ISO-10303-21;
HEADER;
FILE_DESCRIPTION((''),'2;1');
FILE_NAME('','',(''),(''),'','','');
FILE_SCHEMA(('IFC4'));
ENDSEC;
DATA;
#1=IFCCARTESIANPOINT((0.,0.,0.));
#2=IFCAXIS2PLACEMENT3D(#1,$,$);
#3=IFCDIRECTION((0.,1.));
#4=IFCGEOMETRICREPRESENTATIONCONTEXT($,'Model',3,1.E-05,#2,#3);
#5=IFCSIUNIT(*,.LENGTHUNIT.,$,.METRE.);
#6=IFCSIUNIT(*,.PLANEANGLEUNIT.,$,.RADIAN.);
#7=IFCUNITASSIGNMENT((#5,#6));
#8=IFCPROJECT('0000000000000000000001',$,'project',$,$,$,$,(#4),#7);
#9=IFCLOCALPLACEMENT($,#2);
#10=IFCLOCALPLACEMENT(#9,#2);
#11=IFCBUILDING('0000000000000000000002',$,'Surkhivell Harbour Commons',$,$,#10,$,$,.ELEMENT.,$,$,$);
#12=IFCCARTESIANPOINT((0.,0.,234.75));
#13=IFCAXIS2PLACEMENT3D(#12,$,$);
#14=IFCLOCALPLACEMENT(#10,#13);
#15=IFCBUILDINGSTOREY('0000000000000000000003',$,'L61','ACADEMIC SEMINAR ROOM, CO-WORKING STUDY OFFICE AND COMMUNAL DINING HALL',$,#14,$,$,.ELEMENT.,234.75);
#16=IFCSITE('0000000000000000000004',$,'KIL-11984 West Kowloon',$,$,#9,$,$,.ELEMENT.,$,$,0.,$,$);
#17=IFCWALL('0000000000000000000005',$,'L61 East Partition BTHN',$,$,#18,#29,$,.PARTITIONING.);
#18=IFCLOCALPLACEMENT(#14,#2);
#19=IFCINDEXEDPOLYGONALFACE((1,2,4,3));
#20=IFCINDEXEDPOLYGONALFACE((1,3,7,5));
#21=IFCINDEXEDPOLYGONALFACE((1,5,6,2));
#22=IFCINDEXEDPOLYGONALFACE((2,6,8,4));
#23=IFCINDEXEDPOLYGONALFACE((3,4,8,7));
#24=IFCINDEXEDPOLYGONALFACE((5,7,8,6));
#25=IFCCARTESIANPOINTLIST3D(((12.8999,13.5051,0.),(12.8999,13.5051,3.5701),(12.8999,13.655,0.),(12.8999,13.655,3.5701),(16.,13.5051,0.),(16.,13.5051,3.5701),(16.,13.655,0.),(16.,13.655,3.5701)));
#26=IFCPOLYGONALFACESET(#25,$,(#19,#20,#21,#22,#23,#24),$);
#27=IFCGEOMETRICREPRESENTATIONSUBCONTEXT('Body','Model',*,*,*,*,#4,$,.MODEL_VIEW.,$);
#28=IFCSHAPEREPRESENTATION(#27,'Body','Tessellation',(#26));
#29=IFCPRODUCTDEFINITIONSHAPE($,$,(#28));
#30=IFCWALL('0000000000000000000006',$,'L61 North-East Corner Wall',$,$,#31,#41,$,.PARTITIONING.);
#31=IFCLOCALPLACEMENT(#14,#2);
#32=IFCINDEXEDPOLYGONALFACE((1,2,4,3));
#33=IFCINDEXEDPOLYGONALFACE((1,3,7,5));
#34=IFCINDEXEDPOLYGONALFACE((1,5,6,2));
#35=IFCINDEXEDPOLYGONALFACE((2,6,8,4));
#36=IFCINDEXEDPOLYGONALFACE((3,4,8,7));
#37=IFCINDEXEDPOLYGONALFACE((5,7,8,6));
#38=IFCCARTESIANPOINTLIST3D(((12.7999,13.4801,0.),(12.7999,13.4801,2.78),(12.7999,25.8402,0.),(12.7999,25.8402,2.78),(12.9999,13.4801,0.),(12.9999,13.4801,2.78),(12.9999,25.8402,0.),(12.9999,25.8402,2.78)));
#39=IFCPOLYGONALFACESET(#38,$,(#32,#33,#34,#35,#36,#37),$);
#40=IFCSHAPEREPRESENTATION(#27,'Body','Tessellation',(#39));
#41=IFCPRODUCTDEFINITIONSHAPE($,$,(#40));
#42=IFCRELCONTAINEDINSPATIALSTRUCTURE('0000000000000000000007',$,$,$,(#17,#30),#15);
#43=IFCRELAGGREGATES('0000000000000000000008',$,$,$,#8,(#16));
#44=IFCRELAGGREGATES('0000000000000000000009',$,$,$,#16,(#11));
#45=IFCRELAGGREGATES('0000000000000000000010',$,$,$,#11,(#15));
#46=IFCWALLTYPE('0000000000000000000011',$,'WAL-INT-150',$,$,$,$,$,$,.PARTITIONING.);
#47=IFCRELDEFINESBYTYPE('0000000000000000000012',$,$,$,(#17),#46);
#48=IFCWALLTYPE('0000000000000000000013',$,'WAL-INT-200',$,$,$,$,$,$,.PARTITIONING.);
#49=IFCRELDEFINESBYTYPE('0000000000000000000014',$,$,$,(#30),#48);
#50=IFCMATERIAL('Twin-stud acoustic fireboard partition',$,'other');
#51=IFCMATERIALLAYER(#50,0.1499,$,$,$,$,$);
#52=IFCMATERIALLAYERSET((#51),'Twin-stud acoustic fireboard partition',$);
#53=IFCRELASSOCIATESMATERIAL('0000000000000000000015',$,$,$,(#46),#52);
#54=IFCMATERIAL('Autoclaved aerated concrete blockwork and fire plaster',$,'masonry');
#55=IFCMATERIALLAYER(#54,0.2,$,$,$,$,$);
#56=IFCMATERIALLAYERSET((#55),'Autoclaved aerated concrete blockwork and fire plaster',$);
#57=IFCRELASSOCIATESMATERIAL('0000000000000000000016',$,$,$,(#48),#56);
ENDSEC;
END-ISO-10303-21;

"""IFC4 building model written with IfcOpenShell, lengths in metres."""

from ifc_helpers import new_model, si_unit, direction, frame, frame_2d, origin, place, context, subcontext, project, spatial, rectangle, extrude, material, layer, layer_set, type_object, element, save


model = new_model("IFC4")

# Units and contexts
model_context = context("Model", 3, precision=1e-05, world=origin(), true_north=direction((0.0, 1.0)))
body_context = subcontext(model_context, "Body", "Model", "MODEL_VIEW")
ifc_project = project(units=[si_unit("LENGTHUNIT", "METRE"), si_unit("PLANEANGLEUNIT", "RADIAN")], contexts=[model_context])

# Site, building, storey
site_placement = place(None, origin())
site = spatial("IfcSite", under=ifc_project, at=site_placement, Name="KIL-11984 West Kowloon", CompositionType="ELEMENT", RefElevation=0.0)
building_placement = place(site_placement, origin())
building = spatial("IfcBuilding", under=site, at=building_placement, Name="Surkhivell Harbour Commons", CompositionType="ELEMENT")
storey_placement = place(building_placement, frame((0.0, 0.0, 234.75)))
storey = spatial("IfcBuildingStorey", under=building, at=storey_placement, Name="L61", Description="ACADEMIC SEMINAR ROOM, CO-WORKING STUDY OFFICE AND COMMUNAL DINING HALL", CompositionType="ELEMENT", Elevation=234.75)

# Walls
ifc_material_1 = material(Name="Twin-stud acoustic fireboard partition", Category="other")
ifc_layer_1 = layer(ifc_material_1, 0.1499)
ifc_layer_set_1 = layer_set([ifc_layer_1], Name="Twin-stud acoustic fireboard partition")
wall_type_1 = type_object("IfcWallType", Name="WAL-INT-150", PredefinedType="PARTITIONING", material=ifc_layer_set_1)
wall_1_placement = place(storey_placement, frame((12.8999, 13.5801, 0.0), z_axis=(0.0, 0.0, 1.0), x_axis=(1.0, 0.0, 0.0)))
element("IfcWall", 1, at=wall_1_placement, inside=storey, type_object=wall_type_1, Name="L61 East Partition BTHN", PredefinedType="PARTITIONING", context=body_context, shape_type="SweptSolid", body=[
    extrude(rectangle(XDim=3.1001, YDim=0.1499, at=frame_2d((1.55, 0.0))), origin(), (0.0, 0.0, 1.0), 3.5701),
])
ifc_material_2 = material(Name="Autoclaved aerated concrete blockwork and fire plaster", Category="masonry")
ifc_layer_2 = layer(ifc_material_2, 0.2)
ifc_layer_set_2 = layer_set([ifc_layer_2], Name="Autoclaved aerated concrete blockwork and fire plaster")
wall_type_2 = type_object("IfcWallType", Name="WAL-INT-200", PredefinedType="PARTITIONING", material=ifc_layer_set_2)
wall_2_placement = place(storey_placement, frame((12.8999, 13.48, 0.0), z_axis=(0.0, 0.0, 1.0), x_axis=(0.0, 1.0, 0.0)))
element("IfcWall", 2, at=wall_2_placement, inside=storey, type_object=wall_type_2, Name="L61 North-East Corner Wall", PredefinedType="PARTITIONING", context=body_context, shape_type="SweptSolid", body=[
    extrude(rectangle(XDim=12.3601, YDim=0.2, at=frame_2d((6.1802, 0.0))), origin(), (0.0, 0.0, 1.0), 2.78),
])

save(model, "model.ifc")
